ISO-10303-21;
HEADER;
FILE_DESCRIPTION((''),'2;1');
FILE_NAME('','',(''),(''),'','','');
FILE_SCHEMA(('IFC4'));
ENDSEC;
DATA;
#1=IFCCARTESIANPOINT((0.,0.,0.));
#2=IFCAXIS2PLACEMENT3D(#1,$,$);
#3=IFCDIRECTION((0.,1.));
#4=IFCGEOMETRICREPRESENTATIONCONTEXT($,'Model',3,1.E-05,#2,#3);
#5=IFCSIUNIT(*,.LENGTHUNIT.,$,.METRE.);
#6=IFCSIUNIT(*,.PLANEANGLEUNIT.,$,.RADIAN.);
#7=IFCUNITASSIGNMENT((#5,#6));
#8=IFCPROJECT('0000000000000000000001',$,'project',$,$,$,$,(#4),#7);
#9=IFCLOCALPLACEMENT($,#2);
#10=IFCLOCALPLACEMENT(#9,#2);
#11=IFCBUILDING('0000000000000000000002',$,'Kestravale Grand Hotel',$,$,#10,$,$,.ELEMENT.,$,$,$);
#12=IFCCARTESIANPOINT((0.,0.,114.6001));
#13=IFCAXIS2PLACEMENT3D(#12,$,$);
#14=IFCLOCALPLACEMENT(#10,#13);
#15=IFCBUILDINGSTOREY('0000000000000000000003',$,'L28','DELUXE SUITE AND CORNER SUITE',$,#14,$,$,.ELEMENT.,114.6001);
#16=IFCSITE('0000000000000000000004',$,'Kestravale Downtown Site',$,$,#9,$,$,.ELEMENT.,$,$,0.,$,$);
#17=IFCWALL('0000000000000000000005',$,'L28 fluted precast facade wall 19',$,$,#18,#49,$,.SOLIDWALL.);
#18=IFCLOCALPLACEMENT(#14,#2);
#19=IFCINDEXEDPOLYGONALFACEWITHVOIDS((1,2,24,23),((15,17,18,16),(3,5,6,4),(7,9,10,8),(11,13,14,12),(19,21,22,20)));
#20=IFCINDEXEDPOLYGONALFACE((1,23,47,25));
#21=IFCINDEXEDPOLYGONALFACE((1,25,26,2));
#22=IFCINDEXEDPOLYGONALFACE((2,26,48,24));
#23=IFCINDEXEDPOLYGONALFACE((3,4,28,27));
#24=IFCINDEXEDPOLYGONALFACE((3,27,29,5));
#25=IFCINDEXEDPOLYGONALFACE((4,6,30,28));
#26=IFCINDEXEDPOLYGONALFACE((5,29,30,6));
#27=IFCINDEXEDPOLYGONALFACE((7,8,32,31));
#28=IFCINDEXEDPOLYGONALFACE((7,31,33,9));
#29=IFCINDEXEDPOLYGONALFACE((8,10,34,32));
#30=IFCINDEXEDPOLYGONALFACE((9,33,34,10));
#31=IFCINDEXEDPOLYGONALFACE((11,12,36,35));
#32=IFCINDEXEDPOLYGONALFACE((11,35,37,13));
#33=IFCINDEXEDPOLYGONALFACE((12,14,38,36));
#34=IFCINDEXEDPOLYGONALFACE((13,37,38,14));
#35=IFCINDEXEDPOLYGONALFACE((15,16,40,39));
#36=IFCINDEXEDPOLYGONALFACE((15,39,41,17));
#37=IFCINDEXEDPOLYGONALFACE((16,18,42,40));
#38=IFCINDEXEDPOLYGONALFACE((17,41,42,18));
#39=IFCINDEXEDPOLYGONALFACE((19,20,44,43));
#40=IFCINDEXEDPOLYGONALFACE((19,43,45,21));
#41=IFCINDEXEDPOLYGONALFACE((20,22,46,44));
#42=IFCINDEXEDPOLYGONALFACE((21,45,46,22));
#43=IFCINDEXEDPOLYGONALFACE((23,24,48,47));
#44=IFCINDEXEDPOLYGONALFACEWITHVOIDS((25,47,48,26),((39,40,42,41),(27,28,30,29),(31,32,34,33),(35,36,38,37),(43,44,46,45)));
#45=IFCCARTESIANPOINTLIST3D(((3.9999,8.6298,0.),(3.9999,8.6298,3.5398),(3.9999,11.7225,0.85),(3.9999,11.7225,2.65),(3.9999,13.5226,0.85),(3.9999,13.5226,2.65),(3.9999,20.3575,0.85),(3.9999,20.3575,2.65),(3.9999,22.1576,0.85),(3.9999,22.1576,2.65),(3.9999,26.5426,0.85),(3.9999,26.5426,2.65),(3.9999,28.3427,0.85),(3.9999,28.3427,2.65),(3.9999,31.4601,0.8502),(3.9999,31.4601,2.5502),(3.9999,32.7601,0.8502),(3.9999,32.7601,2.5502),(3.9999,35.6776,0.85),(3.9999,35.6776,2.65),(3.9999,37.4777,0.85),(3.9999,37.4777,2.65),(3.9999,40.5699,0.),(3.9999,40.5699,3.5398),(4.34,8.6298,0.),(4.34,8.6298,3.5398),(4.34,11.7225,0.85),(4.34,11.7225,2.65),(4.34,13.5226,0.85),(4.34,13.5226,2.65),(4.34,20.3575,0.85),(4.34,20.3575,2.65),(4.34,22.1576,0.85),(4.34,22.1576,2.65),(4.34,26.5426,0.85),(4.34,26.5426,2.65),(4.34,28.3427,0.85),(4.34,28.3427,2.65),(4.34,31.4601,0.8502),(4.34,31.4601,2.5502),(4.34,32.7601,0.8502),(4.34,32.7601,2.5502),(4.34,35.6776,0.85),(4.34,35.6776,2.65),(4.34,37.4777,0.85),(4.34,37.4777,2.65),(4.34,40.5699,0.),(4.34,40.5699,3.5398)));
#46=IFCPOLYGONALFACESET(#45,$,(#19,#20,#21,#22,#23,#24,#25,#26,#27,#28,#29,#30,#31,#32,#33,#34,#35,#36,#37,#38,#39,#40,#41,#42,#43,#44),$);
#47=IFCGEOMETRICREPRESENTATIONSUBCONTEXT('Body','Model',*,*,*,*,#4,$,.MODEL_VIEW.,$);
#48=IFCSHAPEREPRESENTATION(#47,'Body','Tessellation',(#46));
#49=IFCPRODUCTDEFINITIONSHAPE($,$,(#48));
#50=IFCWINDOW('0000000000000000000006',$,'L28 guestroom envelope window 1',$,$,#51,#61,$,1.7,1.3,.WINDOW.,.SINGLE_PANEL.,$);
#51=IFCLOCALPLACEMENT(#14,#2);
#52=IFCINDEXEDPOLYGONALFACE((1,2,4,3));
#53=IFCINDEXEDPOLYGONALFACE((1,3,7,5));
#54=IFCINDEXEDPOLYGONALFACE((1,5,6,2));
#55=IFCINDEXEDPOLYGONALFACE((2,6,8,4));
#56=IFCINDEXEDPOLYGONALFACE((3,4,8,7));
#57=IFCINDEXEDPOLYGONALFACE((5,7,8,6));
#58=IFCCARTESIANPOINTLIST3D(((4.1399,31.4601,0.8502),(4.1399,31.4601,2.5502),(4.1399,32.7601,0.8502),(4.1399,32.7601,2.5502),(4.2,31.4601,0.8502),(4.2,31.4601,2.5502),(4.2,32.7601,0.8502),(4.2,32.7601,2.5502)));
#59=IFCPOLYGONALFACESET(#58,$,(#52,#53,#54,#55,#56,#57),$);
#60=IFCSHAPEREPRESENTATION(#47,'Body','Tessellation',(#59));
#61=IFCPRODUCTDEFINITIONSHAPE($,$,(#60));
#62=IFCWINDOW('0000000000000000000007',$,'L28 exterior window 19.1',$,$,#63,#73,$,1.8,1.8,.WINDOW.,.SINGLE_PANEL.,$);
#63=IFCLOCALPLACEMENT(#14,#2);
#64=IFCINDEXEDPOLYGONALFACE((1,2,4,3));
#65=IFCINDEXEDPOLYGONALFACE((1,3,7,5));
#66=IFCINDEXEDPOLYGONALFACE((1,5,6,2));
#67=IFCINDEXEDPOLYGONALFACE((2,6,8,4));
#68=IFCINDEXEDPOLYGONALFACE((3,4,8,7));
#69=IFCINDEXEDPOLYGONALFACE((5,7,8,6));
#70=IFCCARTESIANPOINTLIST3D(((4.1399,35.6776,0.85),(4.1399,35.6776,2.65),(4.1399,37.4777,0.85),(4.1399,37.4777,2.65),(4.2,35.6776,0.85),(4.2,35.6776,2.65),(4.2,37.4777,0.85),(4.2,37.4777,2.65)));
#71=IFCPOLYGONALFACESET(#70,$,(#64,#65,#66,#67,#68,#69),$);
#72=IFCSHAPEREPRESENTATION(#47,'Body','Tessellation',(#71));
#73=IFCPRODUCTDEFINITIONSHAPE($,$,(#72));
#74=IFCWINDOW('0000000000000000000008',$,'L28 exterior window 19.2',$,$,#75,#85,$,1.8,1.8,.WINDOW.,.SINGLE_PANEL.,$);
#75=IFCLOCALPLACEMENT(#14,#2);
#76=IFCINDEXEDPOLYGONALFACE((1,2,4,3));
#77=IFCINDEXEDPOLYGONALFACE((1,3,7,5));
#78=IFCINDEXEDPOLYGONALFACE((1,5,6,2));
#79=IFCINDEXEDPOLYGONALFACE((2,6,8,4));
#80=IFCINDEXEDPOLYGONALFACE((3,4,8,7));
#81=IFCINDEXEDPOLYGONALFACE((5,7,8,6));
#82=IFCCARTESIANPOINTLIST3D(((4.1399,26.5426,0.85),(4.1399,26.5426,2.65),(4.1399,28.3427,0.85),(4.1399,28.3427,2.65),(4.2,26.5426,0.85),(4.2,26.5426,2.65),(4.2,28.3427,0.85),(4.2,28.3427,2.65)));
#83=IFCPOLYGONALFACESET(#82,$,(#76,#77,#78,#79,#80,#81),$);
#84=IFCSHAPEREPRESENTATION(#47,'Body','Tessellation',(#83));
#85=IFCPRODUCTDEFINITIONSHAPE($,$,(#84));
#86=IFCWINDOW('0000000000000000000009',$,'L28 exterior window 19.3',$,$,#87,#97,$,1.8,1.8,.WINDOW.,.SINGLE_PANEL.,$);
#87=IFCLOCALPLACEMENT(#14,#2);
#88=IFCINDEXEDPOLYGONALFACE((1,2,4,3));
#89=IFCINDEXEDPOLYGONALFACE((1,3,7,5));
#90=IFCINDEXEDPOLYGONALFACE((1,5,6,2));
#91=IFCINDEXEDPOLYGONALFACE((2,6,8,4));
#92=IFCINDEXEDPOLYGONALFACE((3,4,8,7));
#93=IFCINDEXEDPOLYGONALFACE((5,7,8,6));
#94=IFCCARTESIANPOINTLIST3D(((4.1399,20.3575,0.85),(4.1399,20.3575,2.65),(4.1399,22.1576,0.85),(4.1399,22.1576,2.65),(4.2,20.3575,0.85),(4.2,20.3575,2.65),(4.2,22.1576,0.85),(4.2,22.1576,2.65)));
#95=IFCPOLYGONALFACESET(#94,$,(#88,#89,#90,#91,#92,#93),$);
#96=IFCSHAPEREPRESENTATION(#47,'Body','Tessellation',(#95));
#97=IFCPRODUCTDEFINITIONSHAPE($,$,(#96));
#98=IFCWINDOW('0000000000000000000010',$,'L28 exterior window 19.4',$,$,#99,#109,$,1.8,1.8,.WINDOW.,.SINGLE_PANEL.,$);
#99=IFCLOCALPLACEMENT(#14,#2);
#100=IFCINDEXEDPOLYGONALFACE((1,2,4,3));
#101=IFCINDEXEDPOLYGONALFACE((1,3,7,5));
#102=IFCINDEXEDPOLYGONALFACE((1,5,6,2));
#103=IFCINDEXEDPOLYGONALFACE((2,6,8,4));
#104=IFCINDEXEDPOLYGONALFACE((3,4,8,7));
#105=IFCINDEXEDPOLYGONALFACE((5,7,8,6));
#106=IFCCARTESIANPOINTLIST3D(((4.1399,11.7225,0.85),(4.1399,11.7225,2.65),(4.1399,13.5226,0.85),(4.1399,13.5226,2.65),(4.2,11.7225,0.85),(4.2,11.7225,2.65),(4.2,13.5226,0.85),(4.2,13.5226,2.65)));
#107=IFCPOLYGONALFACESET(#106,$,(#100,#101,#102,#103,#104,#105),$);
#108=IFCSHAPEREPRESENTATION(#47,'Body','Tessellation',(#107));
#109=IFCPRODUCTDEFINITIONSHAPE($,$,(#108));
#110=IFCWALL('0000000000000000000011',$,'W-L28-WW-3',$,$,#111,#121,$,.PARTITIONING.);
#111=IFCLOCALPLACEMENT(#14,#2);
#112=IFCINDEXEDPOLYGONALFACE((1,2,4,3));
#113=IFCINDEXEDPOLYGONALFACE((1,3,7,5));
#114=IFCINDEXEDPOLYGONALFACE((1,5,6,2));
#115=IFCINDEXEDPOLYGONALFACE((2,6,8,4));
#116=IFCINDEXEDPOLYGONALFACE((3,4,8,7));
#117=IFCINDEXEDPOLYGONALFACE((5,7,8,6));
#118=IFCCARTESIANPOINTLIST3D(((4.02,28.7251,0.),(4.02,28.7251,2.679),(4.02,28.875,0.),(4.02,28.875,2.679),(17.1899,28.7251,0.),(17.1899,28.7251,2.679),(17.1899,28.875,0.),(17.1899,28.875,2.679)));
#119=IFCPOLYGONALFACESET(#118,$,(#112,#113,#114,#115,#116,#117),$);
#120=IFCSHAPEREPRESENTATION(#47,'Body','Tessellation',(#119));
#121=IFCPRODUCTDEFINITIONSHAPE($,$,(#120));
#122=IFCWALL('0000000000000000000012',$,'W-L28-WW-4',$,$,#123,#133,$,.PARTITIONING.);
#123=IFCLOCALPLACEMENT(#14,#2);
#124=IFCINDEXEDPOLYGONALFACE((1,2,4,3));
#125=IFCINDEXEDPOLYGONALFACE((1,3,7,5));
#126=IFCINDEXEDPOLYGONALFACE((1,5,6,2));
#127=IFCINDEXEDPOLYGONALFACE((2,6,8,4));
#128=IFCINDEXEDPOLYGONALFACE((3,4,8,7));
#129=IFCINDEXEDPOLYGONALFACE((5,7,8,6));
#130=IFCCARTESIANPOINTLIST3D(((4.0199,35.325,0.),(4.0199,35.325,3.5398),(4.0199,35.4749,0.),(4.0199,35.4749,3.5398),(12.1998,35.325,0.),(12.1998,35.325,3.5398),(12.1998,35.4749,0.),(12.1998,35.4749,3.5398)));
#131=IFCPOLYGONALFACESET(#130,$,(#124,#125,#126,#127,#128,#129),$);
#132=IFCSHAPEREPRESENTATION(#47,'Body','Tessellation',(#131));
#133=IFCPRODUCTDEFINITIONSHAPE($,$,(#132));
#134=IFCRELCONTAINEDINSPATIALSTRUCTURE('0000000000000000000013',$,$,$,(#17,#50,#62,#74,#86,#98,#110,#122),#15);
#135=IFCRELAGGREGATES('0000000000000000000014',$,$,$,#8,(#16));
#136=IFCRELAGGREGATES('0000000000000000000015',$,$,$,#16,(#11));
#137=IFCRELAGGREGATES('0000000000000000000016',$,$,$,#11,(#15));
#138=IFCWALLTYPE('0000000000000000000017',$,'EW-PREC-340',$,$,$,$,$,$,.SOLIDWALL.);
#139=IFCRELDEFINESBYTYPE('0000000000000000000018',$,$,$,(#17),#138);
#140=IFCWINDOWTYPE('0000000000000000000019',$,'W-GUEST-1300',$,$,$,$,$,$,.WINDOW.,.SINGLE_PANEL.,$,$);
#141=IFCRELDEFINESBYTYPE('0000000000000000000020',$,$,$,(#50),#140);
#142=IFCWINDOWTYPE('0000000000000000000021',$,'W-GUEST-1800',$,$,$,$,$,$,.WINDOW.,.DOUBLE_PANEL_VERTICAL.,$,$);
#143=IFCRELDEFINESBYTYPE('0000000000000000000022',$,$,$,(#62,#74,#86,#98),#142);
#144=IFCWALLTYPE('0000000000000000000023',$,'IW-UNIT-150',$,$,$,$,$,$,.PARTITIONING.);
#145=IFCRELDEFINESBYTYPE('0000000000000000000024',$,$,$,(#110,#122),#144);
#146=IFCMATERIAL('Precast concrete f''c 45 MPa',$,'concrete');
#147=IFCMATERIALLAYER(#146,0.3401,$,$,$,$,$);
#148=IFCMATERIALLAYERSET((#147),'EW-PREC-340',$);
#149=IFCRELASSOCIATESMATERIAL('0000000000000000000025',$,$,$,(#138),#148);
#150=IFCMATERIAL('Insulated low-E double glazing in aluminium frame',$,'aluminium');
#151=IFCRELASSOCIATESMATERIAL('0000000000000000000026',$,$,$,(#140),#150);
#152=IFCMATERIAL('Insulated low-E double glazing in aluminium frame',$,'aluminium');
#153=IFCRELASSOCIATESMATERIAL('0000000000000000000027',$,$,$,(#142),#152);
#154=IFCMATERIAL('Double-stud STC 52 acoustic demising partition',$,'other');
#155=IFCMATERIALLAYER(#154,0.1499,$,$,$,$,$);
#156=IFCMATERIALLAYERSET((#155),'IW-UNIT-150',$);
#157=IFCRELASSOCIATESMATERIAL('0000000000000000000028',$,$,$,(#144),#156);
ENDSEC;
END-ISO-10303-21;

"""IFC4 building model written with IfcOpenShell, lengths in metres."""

from ifc_helpers import new_model, si_unit, direction, frame, frame_2d, origin, place, context, subcontext, project, spatial, rectangle, extrude, material, layer, layer_set, type_object, element, fill, save


model = new_model("IFC4")

# Units and contexts
model_context = context("Model", 3, precision=1e-05, world=origin(), true_north=direction((0.0, 1.0)))
body_context = subcontext(model_context, "Body", "Model", "MODEL_VIEW")
ifc_project = project(units=[si_unit("LENGTHUNIT", "METRE"), si_unit("PLANEANGLEUNIT", "RADIAN")], contexts=[model_context])

# Site, building, storey
site_placement = place(None, origin())
site = spatial("IfcSite", under=ifc_project, at=site_placement, Name="Kestravale Downtown Site", CompositionType="ELEMENT", RefElevation=0.0)
building_placement = place(site_placement, origin())
building = spatial("IfcBuilding", under=site, at=building_placement, Name="Kestravale Grand Hotel", CompositionType="ELEMENT")
storey_placement = place(building_placement, frame((0.0, 0.0, 114.6001)))
storey = spatial("IfcBuildingStorey", under=building, at=storey_placement, Name="L28", Description="DELUXE SUITE AND CORNER SUITE", CompositionType="ELEMENT", Elevation=114.6001)

# Wall, openings, windows
ifc_material_1 = material(Name="Precast concrete f'c 45 MPa", Category="concrete")
ifc_layer_1 = layer(ifc_material_1, 0.3401)
ifc_layer_set_1 = layer_set([ifc_layer_1], Name="EW-PREC-340")
wall_type_1 = type_object("IfcWallType", Name="EW-PREC-340", PredefinedType="SOLIDWALL", material=ifc_layer_set_1)
wall_1_placement = place(storey_placement, frame((4.1699, 40.5701, 0.0), z_axis=(0.0, 0.0, 1.0), x_axis=(0.0, -1.0, 0.0)))
wall_1 = element("IfcWall", 1, at=wall_1_placement, inside=storey, type_object=wall_type_1, Name="L28 fluted precast facade wall 19", PredefinedType="SOLIDWALL", context=body_context, shape_type="SweptSolid", body=[
    extrude(rectangle(XDim=31.9402, YDim=0.3401, at=frame_2d((15.9702, 0.0))), origin(), (0.0, 0.0, 1.0), 3.5398),
])
opening_1_placement = place(wall_1_placement, frame((3.0925, 0.0, 0.8501)))
opening_1 = element("IfcOpeningElement", 2, at=opening_1_placement, cuts=wall_1, PredefinedType="OPENING", context=body_context, shape_type="SweptSolid", body=[
    extrude(rectangle(XDim=1.8, YDim=1.8, at=frame_2d((0.8999, 0.8999))), frame((0.0, 0.1799, 0.0), z_axis=(0.0, -1.0, 0.0), x_axis=(1.0, 0.0, 0.0)), (0.0, 0.0, 1.0), 0.3601),
])
opening_2_placement = place(wall_1_placement, frame((12.2275, 0.0, 0.8501)))
opening_2 = element("IfcOpeningElement", 3, at=opening_2_placement, cuts=wall_1, PredefinedType="OPENING", context=body_context, shape_type="SweptSolid", body=[
    extrude(rectangle(XDim=1.8, YDim=1.8, at=frame_2d((0.8999, 0.8999))), frame((0.0, 0.1799, 0.0), z_axis=(0.0, -1.0, 0.0), x_axis=(1.0, 0.0, 0.0)), (0.0, 0.0, 1.0), 0.3601),
])
opening_3_placement = place(wall_1_placement, frame((18.4126, 0.0, 0.8501)))
opening_3 = element("IfcOpeningElement", 4, at=opening_3_placement, cuts=wall_1, PredefinedType="OPENING", context=body_context, shape_type="SweptSolid", body=[
    extrude(rectangle(XDim=1.8, YDim=1.8, at=frame_2d((0.8999, 0.8999))), frame((0.0, 0.1799, 0.0), z_axis=(0.0, -1.0, 0.0), x_axis=(1.0, 0.0, 0.0)), (0.0, 0.0, 1.0), 0.3601),
])
opening_4_placement = place(wall_1_placement, frame((27.0476, 0.0, 0.8501)))
opening_4 = element("IfcOpeningElement", 5, at=opening_4_placement, cuts=wall_1, PredefinedType="OPENING", context=body_context, shape_type="SweptSolid", body=[
    extrude(rectangle(XDim=1.8, YDim=1.8, at=frame_2d((0.8999, 0.8999))), frame((0.0, 0.1799, 0.0), z_axis=(0.0, -1.0, 0.0), x_axis=(1.0, 0.0, 0.0)), (0.0, 0.0, 1.0), 0.3601),
])
opening_5_placement = place(wall_1_placement, frame((7.8101, 0.0, 0.8501)))
opening_5 = element("IfcOpeningElement", 6, at=opening_5_placement, cuts=wall_1, PredefinedType="OPENING", context=body_context, shape_type="SweptSolid", body=[
    extrude(rectangle(XDim=1.3, YDim=1.7, at=frame_2d((0.6499, 0.8501))), frame((0.0, 0.1799, 0.0), z_axis=(0.0, -1.0, 0.0), x_axis=(1.0, 0.0, 0.0)), (0.0, 0.0, 1.0), 0.3601),
])
ifc_material_2 = material(Name="Insulated low-E double glazing in aluminium frame", Category="aluminium")
window_type_1 = type_object("IfcWindowType", Name="W-GUEST-1300", PartitioningType="SINGLE_PANEL", PredefinedType="WINDOW", material=ifc_material_2)
window_1_placement = place(opening_5_placement, origin())
window_1 = element("IfcWindow", 7, at=window_1_placement, inside=storey, type_object=window_type_1, Name="L28 guestroom envelope window 1", OverallHeight=1.7, OverallWidth=1.3, PartitioningType="SINGLE_PANEL", PredefinedType="WINDOW", context=body_context, shape_type="SweptSolid", body=[
    extrude(rectangle(XDim=1.3, YDim=1.7, at=frame_2d((0.6499, 0.8501))), frame((0.0, 0.03, 0.0), z_axis=(0.0, -1.0, 0.0), x_axis=(1.0, 0.0, 0.0)), (0.0, 0.0, 1.0), 0.0601),
])
fill(opening_5, window_1)
ifc_material_3 = material(Name="Insulated low-E double glazing in aluminium frame", Category="aluminium")
window_type_2 = type_object("IfcWindowType", Name="W-GUEST-1800", PartitioningType="DOUBLE_PANEL_VERTICAL", PredefinedType="WINDOW", material=ifc_material_3)
window_2_placement = place(opening_1_placement, origin())
window_2 = element("IfcWindow", 8, at=window_2_placement, inside=storey, type_object=window_type_2, Name="L28 exterior window 19.1", OverallHeight=1.8, OverallWidth=1.8, PartitioningType="SINGLE_PANEL", PredefinedType="WINDOW", context=body_context, shape_type="SweptSolid", body=[
    extrude(rectangle(XDim=1.8, YDim=1.8, at=frame_2d((0.8999, 0.8999))), frame((0.0, 0.03, 0.0), z_axis=(0.0, -1.0, 0.0), x_axis=(1.0, 0.0, 0.0)), (0.0, 0.0, 1.0), 0.0601),
])
fill(opening_1, window_2)
window_3_placement = place(opening_2_placement, origin())
window_3 = element("IfcWindow", 9, at=window_3_placement, inside=storey, type_object=window_type_2, Name="L28 exterior window 19.2", OverallHeight=1.8, OverallWidth=1.8, PartitioningType="SINGLE_PANEL", PredefinedType="WINDOW", context=body_context, shape_type="SweptSolid", body=[
    extrude(rectangle(XDim=1.8, YDim=1.8, at=frame_2d((0.8999, 0.8999))), frame((0.0, 0.03, 0.0), z_axis=(0.0, -1.0, 0.0), x_axis=(1.0, 0.0, 0.0)), (0.0, 0.0, 1.0), 0.0601),
])
fill(opening_2, window_3)
window_4_placement = place(opening_3_placement, origin())
window_4 = element("IfcWindow", 10, at=window_4_placement, inside=storey, type_object=window_type_2, Name="L28 exterior window 19.3", OverallHeight=1.8, OverallWidth=1.8, PartitioningType="SINGLE_PANEL", PredefinedType="WINDOW", context=body_context, shape_type="SweptSolid", body=[
    extrude(rectangle(XDim=1.8, YDim=1.8, at=frame_2d((0.8999, 0.8999))), frame((0.0, 0.03, 0.0), z_axis=(0.0, -1.0, 0.0), x_axis=(1.0, 0.0, 0.0)), (0.0, 0.0, 1.0), 0.0601),
])
fill(opening_3, window_4)
window_5_placement = place(opening_4_placement, origin())
window_5 = element("IfcWindow", 11, at=window_5_placement, inside=storey, type_object=window_type_2, Name="L28 exterior window 19.4", OverallHeight=1.8, OverallWidth=1.8, PartitioningType="SINGLE_PANEL", PredefinedType="WINDOW", context=body_context, shape_type="SweptSolid", body=[
    extrude(rectangle(XDim=1.8, YDim=1.8, at=frame_2d((0.8999, 0.8999))), frame((0.0, 0.03, 0.0), z_axis=(0.0, -1.0, 0.0), x_axis=(1.0, 0.0, 0.0)), (0.0, 0.0, 1.0), 0.0601),
])
fill(opening_4, window_5)

# Walls
ifc_material_4 = material(Name="Double-stud STC 52 acoustic demising partition", Category="other")
ifc_layer_2 = layer(ifc_material_4, 0.1499)
ifc_layer_set_2 = layer_set([ifc_layer_2], Name="IW-UNIT-150")
wall_type_2 = type_object("IfcWallType", Name="IW-UNIT-150", PredefinedType="PARTITIONING", material=ifc_layer_set_2)
wall_2_placement = place(storey_placement, frame((4.02, 28.8, 0.0), z_axis=(0.0, 0.0, 1.0), x_axis=(1.0, 0.0, 0.0)))
element("IfcWall", 12, at=wall_2_placement, inside=storey, type_object=wall_type_2, Name="W-L28-WW-3", PredefinedType="PARTITIONING", context=body_context, shape_type="SweptSolid", body=[
    extrude(rectangle(XDim=13.1699, YDim=0.1499, at=frame_2d((6.585, 0.0))), origin(), (0.0, 0.0, 1.0), 2.679),
])
wall_3_placement = place(storey_placement, frame((4.02, 35.3999, 0.0), z_axis=(0.0, 0.0, 1.0), x_axis=(1.0, 0.0, 0.0)))
element("IfcWall", 13, at=wall_3_placement, inside=storey, type_object=wall_type_2, Name="W-L28-WW-4", PredefinedType="PARTITIONING", context=body_context, shape_type="SweptSolid", body=[
    extrude(rectangle(XDim=8.1799, YDim=0.1499, at=frame_2d((4.0898, 0.0))), origin(), (0.0, 0.0, 1.0), 3.5398),
])

save(model, "model.ifc")
